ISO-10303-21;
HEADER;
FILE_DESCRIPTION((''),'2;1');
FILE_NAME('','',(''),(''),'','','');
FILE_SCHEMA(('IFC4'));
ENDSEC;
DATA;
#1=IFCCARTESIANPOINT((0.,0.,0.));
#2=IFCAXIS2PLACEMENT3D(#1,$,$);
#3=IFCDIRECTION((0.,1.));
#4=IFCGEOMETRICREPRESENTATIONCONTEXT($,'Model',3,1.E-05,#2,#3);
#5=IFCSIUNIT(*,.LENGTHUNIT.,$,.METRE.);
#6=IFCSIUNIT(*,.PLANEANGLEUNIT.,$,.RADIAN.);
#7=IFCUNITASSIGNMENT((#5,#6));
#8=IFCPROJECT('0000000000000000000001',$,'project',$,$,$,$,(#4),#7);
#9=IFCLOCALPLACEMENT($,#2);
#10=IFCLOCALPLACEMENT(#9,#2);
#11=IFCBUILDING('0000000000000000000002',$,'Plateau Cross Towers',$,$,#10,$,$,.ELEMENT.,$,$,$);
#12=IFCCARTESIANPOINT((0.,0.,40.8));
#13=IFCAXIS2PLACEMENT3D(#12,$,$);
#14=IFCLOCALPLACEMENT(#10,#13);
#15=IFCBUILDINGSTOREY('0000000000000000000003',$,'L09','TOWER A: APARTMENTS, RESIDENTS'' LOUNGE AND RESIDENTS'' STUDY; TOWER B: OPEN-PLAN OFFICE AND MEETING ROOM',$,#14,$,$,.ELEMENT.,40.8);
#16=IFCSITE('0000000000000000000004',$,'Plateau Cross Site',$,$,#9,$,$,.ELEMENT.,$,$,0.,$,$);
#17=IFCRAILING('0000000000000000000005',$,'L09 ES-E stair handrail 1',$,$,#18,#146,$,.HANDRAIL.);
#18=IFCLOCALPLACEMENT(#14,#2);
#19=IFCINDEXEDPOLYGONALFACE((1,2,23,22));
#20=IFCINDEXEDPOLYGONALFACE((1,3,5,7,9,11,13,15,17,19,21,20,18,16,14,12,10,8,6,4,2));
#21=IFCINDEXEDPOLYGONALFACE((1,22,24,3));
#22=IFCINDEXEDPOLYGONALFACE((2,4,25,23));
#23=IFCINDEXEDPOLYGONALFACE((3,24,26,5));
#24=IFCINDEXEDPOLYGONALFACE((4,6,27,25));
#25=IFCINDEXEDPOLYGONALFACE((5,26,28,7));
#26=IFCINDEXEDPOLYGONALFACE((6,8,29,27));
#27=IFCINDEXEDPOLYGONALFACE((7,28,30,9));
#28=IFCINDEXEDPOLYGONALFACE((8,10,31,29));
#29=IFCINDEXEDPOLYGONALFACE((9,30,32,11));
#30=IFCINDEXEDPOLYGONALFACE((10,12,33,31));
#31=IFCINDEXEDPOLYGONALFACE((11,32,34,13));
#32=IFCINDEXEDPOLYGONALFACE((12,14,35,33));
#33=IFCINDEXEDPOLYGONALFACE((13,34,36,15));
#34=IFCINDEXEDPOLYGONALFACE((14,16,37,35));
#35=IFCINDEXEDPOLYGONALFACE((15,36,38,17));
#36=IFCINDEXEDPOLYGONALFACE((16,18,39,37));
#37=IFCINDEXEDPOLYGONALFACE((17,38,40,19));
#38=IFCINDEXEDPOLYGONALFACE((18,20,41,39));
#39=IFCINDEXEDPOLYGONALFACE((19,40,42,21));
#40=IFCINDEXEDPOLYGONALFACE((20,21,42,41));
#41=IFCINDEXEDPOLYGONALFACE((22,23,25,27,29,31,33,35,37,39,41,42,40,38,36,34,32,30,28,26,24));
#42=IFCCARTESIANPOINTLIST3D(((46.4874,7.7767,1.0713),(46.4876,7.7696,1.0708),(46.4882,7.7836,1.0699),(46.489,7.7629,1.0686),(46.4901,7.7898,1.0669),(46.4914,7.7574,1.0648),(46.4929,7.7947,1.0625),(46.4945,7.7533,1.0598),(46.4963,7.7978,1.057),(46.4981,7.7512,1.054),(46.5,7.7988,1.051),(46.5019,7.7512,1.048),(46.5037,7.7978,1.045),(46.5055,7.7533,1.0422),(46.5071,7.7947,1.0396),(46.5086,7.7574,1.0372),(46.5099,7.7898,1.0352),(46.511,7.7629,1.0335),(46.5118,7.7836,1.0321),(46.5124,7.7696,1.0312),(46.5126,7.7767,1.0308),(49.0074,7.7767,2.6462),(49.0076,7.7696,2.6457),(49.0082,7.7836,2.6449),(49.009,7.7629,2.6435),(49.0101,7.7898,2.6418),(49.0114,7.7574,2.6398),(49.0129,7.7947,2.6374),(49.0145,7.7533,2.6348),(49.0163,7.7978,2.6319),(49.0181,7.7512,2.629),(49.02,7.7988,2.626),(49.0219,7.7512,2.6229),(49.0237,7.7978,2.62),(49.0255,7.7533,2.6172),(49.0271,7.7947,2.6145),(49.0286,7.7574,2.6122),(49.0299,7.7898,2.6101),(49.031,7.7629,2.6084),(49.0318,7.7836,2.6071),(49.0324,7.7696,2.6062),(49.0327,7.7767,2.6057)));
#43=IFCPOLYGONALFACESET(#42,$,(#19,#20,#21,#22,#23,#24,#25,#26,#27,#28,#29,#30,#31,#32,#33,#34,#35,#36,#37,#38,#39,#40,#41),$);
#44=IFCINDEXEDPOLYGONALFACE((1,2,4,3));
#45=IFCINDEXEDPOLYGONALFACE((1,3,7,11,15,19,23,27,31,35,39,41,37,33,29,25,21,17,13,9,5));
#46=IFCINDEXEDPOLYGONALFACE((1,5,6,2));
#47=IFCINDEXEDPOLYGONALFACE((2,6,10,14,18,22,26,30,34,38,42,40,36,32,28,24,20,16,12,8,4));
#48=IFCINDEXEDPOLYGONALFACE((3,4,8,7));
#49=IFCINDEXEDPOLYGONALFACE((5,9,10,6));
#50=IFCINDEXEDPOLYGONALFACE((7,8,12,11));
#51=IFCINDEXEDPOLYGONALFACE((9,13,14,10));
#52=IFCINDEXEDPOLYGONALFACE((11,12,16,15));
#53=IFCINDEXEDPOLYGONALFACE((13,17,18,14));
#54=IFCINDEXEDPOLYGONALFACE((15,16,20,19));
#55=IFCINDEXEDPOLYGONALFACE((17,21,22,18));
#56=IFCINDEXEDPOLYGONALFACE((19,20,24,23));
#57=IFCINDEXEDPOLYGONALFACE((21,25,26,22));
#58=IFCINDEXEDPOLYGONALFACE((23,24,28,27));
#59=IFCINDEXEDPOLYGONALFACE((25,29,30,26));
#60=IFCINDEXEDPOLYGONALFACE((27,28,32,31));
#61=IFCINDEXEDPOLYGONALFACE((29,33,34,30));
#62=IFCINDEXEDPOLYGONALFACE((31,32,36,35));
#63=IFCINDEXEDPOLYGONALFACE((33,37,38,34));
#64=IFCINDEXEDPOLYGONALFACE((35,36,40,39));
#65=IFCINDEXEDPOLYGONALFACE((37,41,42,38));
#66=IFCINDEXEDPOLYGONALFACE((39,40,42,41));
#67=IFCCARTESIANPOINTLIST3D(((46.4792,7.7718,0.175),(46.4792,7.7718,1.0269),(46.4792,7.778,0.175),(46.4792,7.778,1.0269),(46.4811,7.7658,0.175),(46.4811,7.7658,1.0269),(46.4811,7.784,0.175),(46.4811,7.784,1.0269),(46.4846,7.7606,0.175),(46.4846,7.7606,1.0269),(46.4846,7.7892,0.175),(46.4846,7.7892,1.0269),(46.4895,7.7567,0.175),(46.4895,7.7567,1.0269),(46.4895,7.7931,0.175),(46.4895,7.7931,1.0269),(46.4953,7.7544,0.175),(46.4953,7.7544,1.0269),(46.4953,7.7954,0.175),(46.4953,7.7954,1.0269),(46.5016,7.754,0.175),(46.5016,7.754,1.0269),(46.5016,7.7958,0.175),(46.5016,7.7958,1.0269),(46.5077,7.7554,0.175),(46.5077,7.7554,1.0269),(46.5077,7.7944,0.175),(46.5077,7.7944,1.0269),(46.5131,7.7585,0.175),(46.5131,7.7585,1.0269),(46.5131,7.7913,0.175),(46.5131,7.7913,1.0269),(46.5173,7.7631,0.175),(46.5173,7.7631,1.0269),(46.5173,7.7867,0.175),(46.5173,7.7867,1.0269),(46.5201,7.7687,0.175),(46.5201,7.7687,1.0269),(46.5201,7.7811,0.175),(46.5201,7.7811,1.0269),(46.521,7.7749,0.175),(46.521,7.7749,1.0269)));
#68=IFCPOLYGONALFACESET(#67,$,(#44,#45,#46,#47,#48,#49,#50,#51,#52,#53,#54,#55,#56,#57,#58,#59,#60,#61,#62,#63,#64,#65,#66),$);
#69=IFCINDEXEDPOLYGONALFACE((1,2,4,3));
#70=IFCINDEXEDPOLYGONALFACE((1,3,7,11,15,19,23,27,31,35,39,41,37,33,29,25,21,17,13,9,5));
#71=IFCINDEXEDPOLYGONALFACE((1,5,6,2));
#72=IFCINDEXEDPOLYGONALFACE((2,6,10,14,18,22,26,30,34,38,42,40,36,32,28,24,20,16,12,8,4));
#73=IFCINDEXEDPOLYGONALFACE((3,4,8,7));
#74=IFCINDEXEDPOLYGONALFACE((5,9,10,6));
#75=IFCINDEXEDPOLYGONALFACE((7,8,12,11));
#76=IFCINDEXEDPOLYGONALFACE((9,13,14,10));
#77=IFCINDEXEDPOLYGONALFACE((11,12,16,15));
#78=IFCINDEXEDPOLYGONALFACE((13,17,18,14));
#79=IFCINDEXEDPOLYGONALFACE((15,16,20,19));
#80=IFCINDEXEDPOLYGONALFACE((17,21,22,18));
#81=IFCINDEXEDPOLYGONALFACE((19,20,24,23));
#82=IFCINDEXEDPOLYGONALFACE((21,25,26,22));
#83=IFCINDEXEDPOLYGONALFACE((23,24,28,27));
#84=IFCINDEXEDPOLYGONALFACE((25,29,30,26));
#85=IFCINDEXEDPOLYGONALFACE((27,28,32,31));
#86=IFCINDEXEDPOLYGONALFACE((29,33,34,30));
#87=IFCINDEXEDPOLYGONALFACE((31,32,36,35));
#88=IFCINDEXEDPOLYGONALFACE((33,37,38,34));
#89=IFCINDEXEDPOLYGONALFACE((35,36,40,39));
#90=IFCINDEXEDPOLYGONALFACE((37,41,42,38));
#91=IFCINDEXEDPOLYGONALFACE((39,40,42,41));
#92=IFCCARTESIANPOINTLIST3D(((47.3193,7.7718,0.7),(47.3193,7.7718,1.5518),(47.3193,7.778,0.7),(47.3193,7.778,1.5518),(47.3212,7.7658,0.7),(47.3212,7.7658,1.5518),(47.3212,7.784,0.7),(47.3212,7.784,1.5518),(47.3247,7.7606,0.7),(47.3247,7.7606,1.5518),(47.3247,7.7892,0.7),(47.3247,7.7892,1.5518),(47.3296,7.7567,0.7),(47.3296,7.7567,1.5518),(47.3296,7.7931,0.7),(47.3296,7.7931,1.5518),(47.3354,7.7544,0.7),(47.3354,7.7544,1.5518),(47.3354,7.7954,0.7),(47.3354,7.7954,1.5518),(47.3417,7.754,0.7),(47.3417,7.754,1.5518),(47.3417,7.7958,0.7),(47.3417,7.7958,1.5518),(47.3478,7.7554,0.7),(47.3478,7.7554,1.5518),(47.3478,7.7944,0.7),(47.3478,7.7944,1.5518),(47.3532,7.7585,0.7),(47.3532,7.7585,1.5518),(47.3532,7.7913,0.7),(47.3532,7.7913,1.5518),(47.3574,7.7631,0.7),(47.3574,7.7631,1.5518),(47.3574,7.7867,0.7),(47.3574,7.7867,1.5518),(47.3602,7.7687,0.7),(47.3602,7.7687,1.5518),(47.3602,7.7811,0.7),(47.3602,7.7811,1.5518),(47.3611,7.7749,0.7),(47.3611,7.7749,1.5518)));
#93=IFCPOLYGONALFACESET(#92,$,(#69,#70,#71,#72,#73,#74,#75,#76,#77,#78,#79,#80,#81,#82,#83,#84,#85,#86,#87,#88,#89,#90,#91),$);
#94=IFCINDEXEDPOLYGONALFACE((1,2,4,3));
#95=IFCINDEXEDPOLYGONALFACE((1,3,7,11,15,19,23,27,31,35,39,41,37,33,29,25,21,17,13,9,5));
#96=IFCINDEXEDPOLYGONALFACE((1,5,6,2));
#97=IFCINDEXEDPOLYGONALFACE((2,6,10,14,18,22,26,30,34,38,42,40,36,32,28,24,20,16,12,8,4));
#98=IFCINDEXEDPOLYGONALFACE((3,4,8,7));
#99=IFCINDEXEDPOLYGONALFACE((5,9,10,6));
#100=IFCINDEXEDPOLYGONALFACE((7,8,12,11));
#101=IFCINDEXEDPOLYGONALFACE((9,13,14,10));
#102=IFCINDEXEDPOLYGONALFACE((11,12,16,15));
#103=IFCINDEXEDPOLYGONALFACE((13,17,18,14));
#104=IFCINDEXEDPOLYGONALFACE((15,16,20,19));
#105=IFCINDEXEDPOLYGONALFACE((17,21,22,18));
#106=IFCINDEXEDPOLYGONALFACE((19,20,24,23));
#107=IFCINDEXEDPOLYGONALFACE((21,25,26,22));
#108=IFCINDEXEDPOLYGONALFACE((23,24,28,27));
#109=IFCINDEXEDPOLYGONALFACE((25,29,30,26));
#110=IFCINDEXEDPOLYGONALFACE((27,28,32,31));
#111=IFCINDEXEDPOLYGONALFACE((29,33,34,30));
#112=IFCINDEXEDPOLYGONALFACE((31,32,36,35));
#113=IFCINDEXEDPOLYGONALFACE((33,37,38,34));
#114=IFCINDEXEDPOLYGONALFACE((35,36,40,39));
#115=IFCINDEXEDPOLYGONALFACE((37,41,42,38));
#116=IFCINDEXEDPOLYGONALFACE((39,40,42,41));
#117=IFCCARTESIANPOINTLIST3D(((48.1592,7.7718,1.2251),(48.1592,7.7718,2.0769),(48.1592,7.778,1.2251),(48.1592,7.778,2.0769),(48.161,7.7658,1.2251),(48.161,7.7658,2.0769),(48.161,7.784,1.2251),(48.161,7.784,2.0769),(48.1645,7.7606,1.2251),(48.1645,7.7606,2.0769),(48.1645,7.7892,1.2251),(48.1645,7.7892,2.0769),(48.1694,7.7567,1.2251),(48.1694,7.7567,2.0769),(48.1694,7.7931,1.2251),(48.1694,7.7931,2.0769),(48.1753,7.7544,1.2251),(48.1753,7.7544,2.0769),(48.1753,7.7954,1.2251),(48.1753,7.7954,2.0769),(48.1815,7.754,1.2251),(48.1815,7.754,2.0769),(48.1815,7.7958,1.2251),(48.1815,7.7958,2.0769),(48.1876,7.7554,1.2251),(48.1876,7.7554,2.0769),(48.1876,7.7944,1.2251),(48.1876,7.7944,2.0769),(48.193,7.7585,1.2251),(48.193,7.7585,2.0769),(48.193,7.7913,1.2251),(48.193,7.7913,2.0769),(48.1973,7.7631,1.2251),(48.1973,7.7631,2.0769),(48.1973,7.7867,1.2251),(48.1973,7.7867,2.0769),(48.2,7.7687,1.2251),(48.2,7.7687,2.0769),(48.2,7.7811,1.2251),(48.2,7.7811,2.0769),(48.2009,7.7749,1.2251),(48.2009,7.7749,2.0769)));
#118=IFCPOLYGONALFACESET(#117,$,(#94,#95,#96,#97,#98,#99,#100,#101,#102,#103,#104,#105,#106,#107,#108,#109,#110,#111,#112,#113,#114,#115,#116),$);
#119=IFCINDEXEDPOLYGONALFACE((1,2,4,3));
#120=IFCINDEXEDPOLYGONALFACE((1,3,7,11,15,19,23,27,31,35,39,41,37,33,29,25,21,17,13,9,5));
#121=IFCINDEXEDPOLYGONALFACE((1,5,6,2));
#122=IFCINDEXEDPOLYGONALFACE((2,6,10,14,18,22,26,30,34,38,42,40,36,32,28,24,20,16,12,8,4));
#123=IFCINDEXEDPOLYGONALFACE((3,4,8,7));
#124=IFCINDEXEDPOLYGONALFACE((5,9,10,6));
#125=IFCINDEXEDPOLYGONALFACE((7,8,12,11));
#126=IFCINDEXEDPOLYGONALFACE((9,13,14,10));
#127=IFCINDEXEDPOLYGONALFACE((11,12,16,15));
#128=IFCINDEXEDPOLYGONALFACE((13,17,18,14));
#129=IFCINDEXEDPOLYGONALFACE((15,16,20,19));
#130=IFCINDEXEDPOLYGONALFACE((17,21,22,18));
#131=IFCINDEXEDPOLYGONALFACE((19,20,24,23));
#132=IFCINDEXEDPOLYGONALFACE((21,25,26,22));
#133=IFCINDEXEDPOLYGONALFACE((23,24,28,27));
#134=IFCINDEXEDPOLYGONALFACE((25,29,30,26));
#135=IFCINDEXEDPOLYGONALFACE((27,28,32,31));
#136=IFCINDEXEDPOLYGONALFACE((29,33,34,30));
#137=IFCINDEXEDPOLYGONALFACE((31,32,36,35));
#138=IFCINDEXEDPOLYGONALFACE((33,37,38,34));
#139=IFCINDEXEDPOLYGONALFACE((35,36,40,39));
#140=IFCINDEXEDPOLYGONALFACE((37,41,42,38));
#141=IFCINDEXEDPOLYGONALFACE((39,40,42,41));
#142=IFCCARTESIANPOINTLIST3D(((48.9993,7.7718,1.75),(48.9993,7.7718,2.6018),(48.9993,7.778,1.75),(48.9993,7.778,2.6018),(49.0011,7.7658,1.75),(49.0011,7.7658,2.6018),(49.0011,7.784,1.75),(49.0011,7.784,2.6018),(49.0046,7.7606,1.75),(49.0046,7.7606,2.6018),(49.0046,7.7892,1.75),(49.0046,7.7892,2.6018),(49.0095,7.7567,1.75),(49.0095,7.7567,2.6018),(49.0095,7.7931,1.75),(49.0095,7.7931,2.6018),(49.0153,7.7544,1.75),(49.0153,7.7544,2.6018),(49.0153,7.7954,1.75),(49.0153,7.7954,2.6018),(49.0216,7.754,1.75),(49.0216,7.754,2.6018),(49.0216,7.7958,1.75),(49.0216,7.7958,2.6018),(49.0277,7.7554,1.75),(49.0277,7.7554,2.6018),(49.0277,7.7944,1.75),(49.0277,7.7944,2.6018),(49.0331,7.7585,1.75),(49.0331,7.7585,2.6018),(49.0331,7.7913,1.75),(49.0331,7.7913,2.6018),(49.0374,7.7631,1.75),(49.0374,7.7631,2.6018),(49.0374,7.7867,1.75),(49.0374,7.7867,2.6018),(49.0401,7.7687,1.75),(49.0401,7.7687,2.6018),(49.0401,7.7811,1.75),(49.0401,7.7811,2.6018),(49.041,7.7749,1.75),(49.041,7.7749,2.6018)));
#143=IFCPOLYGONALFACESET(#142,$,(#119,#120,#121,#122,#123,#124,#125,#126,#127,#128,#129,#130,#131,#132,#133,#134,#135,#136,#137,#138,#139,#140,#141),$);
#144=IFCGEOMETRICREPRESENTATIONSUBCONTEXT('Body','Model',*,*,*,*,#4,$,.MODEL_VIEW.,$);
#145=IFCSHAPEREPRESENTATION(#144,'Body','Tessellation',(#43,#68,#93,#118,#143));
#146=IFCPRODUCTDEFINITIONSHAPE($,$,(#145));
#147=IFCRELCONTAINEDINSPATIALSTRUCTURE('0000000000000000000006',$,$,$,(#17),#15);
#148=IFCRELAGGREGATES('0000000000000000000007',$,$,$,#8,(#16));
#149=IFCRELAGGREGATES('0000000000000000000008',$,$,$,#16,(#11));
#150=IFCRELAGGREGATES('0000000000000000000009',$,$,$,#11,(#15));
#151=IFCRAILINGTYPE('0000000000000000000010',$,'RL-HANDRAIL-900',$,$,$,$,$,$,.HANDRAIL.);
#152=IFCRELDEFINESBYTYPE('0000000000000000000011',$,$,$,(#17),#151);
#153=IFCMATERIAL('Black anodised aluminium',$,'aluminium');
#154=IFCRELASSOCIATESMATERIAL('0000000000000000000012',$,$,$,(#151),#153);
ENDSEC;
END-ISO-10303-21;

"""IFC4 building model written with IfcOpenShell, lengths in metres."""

from ifc_helpers import new_model, si_unit, direction, frame, origin, origin_2d, place, context, subcontext, project, spatial, circle, extrude, material, type_object, element, save


model = new_model("IFC4")

# Units and contexts
model_context = context("Model", 3, precision=1e-05, world=origin(), true_north=direction((0.0, 1.0)))
body_context = subcontext(model_context, "Body", "Model", "MODEL_VIEW")
ifc_project = project(units=[si_unit("LENGTHUNIT", "METRE"), si_unit("PLANEANGLEUNIT", "RADIAN")], contexts=[model_context])

# Site, building, storey
site_placement = place(None, origin())
site = spatial("IfcSite", under=ifc_project, at=site_placement, Name="Plateau Cross Site", CompositionType="ELEMENT", RefElevation=0.0)
building_placement = place(site_placement, origin())
building = spatial("IfcBuilding", under=site, at=building_placement, Name="Plateau Cross Towers", CompositionType="ELEMENT")
storey_placement = place(building_placement, frame((0.0, 0.0, 40.8)))
storey = spatial("IfcBuildingStorey", under=building, at=storey_placement, Name="L09", Description="TOWER A: APARTMENTS, RESIDENTS' LOUNGE AND RESIDENTS' STUDY; TOWER B: OPEN-PLAN OFFICE AND MEETING ROOM", CompositionType="ELEMENT", Elevation=40.8)

# Shared definitions
ifc_material_1 = material(Name="Black anodised aluminium", Category="aluminium")

# Railing
railing_type_1 = type_object("IfcRailingType", Name="RL-HANDRAIL-900", PredefinedType="HANDRAIL", material=ifc_material_1)
railing_placement = place(storey_placement, frame((46.5, 7.7749, 0.175)))
element("IfcRailing", 1, at=railing_placement, inside=storey, type_object=railing_type_1, Name="L09 ES-E stair handrail 1", PredefinedType="HANDRAIL", context=body_context, shape_type="SweptSolid", body=[
    extrude(circle(Radius=0.0239, at=origin_2d()), frame((0.0, 0.0, 0.876), z_axis=(0.848008, 0.0, 0.529984), x_axis=(0.0, 1.0, 0.0)), (0.0, 0.0, 1.0), 2.9717),
    extrude(circle(Radius=0.021, at=origin_2d()), origin(), (0.0, 0.0, 1.0), 0.8518),
    extrude(circle(Radius=0.021, at=origin_2d()), frame((0.8401, 0.0, 0.5249)), (0.0, 0.0, 1.0), 0.8518),
    extrude(circle(Radius=0.021, at=origin_2d()), frame((1.6799, 0.0, 1.05)), (0.0, 0.0, 1.0), 0.8518),
    extrude(circle(Radius=0.021, at=origin_2d()), frame((2.52, 0.0, 1.575)), (0.0, 0.0, 1.0), 0.8518),
])

save(model, "model.ifc")
